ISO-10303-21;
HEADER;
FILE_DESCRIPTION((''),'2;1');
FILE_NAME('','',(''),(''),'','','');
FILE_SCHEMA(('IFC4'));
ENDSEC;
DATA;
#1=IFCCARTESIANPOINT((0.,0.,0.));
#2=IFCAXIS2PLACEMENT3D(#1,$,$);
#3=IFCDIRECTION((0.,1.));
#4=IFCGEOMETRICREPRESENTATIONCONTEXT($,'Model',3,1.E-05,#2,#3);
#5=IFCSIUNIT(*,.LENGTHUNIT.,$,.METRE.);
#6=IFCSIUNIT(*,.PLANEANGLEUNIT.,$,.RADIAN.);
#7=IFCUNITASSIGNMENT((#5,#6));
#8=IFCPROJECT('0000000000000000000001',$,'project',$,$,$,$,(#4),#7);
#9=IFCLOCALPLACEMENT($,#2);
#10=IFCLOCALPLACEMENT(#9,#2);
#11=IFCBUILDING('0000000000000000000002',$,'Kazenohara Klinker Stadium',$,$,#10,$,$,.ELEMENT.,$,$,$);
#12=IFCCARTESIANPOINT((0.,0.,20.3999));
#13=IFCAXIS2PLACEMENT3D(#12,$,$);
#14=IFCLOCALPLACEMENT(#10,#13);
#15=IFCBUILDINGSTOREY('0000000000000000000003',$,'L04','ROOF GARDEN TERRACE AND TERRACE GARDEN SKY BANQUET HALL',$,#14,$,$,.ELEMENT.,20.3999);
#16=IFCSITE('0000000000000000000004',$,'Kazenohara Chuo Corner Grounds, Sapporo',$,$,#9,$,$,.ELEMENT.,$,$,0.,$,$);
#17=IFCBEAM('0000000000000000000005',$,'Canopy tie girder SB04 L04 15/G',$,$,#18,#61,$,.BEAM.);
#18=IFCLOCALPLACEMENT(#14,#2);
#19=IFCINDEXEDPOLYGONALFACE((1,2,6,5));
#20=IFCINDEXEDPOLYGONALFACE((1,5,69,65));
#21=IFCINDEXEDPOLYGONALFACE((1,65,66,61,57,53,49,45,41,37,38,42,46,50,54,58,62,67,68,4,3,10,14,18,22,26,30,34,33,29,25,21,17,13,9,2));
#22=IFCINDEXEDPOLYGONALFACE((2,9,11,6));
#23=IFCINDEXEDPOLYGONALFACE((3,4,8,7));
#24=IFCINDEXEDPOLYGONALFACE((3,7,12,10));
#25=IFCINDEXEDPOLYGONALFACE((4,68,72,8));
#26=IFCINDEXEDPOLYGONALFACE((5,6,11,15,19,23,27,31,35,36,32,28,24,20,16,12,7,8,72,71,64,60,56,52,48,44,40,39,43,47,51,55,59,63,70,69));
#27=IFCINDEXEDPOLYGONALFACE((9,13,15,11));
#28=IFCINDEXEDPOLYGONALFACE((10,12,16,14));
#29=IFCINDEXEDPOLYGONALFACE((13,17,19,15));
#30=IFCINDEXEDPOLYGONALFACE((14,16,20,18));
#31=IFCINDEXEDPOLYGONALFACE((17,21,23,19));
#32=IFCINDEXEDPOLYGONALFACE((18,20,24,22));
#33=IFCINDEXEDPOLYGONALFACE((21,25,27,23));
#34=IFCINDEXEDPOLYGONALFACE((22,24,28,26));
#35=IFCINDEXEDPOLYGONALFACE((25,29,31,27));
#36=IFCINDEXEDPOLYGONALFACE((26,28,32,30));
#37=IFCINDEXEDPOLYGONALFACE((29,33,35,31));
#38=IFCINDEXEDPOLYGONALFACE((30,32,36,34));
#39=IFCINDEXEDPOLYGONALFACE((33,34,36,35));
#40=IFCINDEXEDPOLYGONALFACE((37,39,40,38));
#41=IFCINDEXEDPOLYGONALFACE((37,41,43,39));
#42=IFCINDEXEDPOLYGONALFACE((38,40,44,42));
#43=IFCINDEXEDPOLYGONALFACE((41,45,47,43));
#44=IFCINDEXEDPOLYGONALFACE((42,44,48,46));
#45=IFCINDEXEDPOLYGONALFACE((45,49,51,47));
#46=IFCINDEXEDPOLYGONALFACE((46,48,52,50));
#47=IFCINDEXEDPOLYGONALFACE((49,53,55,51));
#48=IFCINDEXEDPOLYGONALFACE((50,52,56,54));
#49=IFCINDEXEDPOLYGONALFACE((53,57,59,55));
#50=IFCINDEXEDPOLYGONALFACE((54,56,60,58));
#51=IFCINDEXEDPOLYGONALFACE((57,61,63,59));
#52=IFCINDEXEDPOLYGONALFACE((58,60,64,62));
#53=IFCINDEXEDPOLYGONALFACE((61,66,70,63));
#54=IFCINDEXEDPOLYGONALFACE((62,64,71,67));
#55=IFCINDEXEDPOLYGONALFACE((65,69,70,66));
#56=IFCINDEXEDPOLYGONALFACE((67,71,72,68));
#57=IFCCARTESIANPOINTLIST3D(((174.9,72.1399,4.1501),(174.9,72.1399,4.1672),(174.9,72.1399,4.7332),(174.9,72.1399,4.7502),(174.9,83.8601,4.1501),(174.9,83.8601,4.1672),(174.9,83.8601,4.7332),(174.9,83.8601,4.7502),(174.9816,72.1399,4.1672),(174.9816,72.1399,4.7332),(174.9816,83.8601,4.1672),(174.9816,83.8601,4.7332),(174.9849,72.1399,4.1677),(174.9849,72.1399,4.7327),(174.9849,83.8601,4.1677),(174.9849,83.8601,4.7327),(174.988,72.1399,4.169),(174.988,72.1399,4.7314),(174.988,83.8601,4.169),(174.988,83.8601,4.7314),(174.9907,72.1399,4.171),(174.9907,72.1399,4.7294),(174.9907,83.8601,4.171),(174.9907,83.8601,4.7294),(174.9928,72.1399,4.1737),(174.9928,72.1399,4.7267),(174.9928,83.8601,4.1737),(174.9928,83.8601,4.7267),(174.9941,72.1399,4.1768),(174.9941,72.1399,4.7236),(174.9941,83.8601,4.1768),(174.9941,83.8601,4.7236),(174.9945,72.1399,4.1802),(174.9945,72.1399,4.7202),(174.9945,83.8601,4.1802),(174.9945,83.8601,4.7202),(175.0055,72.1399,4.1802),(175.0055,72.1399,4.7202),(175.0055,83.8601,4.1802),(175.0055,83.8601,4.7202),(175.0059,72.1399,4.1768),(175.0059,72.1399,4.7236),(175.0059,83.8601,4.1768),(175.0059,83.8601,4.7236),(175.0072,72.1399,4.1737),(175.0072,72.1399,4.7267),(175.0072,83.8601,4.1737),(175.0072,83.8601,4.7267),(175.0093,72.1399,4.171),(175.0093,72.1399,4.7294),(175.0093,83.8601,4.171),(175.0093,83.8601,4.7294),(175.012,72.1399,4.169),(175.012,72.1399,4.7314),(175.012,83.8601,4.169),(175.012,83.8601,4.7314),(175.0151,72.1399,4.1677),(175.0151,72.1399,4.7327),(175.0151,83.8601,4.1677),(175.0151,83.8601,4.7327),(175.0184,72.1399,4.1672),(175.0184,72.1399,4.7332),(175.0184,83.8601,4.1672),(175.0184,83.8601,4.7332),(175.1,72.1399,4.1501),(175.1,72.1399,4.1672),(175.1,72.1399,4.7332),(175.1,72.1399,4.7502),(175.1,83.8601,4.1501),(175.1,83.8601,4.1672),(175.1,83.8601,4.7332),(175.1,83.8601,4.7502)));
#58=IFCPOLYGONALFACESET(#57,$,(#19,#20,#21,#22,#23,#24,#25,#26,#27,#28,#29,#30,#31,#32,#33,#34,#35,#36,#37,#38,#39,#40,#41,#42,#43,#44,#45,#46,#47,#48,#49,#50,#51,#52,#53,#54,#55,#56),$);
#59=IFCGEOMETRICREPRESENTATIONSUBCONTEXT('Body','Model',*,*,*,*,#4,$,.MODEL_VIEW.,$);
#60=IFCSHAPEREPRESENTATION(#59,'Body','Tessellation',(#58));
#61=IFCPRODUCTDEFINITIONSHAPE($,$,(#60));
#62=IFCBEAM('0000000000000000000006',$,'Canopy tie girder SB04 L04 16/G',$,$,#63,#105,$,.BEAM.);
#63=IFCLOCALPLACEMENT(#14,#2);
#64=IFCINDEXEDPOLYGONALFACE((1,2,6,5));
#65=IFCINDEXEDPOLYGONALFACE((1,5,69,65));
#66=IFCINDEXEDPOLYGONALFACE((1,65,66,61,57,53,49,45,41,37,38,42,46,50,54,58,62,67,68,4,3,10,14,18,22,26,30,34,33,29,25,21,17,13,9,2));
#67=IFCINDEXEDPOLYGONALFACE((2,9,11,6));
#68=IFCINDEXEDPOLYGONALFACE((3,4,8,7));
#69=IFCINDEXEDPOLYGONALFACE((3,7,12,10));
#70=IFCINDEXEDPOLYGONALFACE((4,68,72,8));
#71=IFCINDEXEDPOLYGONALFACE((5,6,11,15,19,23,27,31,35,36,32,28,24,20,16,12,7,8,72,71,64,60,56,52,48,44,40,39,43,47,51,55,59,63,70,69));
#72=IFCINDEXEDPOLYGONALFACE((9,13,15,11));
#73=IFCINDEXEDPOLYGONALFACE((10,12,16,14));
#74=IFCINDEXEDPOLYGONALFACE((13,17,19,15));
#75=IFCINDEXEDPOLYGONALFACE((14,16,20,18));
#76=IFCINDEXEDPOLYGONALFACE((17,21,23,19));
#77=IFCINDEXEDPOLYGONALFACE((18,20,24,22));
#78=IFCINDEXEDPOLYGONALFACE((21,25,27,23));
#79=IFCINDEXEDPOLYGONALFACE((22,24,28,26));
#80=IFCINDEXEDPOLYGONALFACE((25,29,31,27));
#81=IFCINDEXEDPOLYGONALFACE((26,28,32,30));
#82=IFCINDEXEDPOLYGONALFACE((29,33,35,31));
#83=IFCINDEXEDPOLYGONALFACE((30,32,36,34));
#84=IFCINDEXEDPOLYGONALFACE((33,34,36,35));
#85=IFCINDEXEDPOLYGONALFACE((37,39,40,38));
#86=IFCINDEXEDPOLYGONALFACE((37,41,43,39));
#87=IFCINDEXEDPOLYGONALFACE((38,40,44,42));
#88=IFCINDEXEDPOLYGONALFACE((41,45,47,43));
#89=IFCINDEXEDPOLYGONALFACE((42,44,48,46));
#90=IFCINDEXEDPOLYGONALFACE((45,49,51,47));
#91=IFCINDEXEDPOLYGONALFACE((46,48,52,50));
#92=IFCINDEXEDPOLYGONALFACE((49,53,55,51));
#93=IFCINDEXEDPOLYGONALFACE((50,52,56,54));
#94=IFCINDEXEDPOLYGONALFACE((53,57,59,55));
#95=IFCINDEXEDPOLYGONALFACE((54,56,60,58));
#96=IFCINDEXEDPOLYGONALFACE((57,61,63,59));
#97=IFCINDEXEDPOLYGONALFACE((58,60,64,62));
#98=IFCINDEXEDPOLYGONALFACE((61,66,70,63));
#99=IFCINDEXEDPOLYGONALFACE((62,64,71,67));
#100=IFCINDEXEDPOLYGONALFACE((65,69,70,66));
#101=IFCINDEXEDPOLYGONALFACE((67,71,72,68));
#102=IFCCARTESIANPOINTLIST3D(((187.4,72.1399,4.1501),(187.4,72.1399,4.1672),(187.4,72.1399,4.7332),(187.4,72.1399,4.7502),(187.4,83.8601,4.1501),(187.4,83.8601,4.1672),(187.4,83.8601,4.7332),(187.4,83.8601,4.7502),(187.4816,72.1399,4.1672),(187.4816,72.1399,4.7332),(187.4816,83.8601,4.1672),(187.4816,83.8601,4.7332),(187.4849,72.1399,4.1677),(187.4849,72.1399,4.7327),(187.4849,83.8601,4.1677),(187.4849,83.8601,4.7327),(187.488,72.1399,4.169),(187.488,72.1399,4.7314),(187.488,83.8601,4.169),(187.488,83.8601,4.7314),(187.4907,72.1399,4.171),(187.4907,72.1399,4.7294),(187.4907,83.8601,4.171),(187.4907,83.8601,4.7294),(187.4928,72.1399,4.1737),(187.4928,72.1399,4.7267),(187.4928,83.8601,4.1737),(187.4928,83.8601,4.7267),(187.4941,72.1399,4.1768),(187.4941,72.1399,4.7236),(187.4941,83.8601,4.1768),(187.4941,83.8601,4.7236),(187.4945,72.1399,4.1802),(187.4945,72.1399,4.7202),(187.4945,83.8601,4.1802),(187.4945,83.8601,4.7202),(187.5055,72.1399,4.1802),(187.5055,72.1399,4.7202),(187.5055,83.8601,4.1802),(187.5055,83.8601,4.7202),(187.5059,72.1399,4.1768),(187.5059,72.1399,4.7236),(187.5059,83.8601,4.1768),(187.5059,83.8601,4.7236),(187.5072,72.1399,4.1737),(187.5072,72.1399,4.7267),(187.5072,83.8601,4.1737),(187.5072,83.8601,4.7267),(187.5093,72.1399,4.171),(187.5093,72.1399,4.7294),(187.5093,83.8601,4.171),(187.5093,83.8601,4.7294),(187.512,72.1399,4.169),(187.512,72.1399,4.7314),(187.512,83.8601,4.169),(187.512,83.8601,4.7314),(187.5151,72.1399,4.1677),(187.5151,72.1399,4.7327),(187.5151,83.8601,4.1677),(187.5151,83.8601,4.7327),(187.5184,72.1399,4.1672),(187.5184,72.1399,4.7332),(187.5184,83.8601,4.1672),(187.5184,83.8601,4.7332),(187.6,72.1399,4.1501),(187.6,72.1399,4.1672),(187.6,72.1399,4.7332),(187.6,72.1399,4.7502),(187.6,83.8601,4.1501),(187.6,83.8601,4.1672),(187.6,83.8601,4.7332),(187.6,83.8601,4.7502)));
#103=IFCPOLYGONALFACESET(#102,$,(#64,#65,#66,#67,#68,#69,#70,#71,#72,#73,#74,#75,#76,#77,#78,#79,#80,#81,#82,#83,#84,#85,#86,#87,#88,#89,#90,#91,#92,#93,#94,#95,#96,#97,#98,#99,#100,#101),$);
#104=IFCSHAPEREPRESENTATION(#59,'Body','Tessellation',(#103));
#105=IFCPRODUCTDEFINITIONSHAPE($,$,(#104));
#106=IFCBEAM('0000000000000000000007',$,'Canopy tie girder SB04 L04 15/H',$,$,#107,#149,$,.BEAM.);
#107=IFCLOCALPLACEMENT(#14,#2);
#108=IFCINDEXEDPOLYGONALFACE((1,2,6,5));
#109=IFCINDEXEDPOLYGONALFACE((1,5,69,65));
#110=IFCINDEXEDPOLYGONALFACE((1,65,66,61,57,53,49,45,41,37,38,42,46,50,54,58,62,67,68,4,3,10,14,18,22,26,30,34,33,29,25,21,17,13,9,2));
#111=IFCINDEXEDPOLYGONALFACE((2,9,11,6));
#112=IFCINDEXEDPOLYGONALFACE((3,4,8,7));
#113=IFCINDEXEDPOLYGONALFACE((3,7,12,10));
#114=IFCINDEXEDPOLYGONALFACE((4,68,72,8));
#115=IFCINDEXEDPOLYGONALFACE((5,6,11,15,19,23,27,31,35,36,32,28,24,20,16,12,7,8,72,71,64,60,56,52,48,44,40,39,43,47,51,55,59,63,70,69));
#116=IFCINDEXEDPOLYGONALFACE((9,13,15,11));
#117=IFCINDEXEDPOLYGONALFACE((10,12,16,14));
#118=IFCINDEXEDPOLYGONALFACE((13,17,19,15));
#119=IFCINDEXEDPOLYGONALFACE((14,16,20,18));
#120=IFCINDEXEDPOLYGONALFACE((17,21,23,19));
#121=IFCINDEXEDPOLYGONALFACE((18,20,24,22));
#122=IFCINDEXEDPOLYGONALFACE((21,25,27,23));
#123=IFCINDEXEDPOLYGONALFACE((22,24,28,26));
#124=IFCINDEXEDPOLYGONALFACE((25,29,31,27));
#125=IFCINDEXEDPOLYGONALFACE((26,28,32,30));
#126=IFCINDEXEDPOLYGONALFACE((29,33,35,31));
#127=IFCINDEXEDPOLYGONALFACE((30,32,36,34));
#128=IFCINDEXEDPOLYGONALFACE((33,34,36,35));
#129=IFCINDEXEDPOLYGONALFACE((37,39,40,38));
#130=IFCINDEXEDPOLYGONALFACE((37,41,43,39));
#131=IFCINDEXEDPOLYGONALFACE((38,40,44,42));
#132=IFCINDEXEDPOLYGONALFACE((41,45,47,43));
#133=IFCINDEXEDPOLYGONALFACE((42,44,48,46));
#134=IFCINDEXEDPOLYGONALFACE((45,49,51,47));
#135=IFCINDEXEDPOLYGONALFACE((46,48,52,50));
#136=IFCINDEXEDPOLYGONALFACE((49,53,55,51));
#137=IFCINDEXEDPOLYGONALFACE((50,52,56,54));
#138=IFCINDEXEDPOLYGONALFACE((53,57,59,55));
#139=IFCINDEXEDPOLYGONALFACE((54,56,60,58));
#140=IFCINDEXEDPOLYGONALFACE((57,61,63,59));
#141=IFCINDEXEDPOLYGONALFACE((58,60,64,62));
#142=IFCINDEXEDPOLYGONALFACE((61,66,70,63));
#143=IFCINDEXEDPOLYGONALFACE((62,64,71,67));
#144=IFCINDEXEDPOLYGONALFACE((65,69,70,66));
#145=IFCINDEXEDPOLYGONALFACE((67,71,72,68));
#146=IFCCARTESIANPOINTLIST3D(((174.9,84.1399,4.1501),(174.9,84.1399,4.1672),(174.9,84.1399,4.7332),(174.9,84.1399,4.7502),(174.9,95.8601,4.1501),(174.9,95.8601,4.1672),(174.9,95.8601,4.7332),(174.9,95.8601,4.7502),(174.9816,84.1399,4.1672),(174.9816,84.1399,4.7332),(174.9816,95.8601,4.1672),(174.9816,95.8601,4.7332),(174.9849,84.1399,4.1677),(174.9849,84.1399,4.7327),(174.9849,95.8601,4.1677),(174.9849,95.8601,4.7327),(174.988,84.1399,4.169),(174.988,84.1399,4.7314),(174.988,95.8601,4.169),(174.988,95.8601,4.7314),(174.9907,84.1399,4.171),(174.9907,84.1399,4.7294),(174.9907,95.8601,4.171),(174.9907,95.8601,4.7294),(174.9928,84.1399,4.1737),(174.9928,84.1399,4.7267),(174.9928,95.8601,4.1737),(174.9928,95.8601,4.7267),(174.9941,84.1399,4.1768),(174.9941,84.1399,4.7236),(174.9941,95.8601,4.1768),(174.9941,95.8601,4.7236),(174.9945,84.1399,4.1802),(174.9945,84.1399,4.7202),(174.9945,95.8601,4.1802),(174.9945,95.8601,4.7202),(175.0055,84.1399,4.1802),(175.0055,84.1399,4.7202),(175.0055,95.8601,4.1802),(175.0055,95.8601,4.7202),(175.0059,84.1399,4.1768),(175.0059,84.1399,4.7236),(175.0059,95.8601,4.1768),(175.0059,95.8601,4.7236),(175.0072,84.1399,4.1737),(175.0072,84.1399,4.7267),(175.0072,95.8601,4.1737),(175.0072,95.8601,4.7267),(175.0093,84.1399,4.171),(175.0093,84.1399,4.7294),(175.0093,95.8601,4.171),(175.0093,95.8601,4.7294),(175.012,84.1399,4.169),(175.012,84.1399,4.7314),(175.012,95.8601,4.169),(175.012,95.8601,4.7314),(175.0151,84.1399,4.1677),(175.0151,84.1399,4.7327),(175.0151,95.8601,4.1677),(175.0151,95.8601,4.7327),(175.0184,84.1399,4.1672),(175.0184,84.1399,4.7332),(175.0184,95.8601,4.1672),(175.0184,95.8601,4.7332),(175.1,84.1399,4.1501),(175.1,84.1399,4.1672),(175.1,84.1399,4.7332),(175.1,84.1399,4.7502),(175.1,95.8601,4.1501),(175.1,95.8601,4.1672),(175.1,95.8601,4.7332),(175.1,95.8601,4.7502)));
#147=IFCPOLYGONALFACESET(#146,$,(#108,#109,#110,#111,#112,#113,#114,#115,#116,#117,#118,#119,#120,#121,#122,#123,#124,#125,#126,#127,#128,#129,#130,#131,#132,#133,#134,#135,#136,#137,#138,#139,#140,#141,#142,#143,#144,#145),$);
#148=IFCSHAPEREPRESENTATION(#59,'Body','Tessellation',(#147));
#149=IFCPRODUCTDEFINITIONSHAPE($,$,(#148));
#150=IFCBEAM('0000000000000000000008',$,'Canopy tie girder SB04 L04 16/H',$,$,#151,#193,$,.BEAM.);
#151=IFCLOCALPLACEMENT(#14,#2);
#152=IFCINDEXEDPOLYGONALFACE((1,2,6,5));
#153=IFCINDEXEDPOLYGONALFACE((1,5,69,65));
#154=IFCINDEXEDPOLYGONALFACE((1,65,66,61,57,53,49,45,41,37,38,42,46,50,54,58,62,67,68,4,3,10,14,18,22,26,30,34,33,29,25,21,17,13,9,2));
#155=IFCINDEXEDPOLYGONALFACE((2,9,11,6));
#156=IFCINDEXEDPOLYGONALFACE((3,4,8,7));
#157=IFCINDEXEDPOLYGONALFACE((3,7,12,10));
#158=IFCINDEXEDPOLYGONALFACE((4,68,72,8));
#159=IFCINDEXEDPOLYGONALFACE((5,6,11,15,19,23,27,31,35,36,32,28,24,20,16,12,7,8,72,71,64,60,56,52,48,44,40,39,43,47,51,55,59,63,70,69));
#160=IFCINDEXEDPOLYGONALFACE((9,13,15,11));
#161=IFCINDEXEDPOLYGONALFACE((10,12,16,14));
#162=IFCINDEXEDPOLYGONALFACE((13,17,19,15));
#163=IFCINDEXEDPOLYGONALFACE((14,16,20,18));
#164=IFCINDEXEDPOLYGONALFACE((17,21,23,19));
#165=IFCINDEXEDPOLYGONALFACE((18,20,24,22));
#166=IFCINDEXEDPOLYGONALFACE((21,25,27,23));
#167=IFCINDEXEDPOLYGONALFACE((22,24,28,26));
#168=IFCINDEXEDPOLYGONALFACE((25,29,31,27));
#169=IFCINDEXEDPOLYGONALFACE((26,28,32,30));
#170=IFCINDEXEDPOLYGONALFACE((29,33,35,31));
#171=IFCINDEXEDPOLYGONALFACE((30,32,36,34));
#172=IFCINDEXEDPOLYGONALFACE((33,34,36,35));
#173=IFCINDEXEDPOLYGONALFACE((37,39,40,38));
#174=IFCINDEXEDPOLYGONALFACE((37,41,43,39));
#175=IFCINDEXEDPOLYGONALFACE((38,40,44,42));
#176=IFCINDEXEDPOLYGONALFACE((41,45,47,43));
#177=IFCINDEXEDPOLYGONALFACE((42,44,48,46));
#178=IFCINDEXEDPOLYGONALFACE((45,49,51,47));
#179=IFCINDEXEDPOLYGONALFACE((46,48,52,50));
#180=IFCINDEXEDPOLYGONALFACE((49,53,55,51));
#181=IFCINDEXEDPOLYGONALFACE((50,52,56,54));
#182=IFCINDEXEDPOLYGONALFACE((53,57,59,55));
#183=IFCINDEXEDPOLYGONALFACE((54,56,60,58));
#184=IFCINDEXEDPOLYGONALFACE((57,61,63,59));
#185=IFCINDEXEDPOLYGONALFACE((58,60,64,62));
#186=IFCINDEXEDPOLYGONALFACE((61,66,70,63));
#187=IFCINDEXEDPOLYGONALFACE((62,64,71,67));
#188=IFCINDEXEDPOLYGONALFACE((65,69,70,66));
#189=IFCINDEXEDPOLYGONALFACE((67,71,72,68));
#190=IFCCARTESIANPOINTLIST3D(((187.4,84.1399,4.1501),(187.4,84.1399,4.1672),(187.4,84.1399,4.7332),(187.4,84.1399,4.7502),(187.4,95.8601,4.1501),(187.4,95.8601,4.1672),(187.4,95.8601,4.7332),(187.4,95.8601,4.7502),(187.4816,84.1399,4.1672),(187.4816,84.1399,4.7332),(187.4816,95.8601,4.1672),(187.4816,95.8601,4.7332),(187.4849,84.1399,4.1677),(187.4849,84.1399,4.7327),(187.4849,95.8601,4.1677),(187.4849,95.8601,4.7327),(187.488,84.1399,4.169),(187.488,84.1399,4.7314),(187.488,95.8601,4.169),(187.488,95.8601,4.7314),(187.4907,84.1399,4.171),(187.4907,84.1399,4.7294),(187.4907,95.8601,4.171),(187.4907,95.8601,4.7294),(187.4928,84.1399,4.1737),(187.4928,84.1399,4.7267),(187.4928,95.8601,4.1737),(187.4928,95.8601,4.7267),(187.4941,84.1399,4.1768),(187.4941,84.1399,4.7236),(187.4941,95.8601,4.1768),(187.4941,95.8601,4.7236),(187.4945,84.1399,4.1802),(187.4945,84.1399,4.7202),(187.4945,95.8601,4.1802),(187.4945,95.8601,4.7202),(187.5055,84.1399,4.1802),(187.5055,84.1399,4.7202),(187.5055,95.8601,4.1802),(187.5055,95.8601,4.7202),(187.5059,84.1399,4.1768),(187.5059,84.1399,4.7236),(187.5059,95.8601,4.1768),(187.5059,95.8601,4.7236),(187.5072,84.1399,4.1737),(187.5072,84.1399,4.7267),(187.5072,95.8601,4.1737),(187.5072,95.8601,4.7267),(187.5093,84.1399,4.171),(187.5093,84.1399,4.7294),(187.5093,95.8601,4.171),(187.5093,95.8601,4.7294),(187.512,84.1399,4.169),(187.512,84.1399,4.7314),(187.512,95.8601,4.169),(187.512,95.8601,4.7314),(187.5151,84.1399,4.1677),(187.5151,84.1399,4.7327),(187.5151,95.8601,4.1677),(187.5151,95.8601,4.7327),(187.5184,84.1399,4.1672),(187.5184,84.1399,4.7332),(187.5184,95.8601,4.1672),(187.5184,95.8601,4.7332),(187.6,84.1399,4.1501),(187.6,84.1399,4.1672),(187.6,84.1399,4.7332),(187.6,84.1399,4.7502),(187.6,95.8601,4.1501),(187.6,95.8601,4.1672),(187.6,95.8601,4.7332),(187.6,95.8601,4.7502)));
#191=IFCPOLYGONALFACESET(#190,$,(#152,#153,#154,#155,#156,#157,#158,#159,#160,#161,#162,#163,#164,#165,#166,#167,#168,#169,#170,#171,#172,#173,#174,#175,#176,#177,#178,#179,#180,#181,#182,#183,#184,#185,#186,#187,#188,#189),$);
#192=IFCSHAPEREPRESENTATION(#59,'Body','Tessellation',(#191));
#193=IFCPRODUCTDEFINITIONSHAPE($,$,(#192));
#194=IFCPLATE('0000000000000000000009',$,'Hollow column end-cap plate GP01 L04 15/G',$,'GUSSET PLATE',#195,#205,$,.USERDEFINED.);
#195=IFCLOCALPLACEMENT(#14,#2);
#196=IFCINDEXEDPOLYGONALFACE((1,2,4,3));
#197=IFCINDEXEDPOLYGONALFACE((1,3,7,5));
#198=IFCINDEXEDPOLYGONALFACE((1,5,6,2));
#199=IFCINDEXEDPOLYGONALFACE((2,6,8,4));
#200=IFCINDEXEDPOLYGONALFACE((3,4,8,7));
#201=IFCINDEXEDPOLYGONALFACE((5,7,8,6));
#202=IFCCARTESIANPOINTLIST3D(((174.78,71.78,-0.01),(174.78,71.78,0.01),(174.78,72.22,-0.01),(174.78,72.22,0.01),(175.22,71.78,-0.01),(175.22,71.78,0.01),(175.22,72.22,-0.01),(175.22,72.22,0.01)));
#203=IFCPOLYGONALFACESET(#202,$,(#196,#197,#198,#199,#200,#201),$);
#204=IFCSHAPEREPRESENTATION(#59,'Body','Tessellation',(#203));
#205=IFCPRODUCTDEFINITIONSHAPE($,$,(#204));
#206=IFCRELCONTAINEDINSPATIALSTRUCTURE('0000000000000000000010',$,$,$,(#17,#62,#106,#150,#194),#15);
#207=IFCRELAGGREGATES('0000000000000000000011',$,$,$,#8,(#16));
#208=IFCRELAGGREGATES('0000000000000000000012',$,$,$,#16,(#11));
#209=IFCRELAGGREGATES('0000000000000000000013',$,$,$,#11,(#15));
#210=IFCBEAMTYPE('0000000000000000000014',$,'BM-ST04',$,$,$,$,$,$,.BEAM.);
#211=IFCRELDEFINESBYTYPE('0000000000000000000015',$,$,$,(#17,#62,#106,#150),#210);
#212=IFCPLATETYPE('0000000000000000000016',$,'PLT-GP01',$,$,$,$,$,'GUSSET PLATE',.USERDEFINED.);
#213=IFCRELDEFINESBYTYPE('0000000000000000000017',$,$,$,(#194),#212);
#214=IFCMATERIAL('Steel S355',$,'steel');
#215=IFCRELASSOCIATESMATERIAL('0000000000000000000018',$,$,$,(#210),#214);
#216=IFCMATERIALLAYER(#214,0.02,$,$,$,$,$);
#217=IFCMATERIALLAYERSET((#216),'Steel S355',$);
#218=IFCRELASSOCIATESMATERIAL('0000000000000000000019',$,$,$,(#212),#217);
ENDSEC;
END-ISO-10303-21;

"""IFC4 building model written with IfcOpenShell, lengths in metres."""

from ifc_helpers import new_model, si_unit, direction, frame, origin, origin_2d, place, context, subcontext, project, spatial, rectangle, i_section, extrude, material, layer, layer_set, material_profile, profile_set, type_object, element, save


model = new_model("IFC4")

# Units and contexts
model_context = context("Model", 3, precision=1e-05, world=origin(), true_north=direction((0.0, 1.0)))
body_context = subcontext(model_context, "Body", "Model", "MODEL_VIEW")
ifc_project = project(units=[si_unit("LENGTHUNIT", "METRE"), si_unit("PLANEANGLEUNIT", "RADIAN")], contexts=[model_context])

# Site, building, storey
site_placement = place(None, origin())
site = spatial("IfcSite", under=ifc_project, at=site_placement, Name="Kazenohara Chuo Corner Grounds, Sapporo", CompositionType="ELEMENT", RefElevation=0.0)
building_placement = place(site_placement, origin())
building = spatial("IfcBuilding", under=site, at=building_placement, Name="Kazenohara Klinker Stadium", CompositionType="ELEMENT")
storey_placement = place(building_placement, frame((0.0, 0.0, 20.3999)))
storey = spatial("IfcBuildingStorey", under=building, at=storey_placement, Name="L04", Description="ROOF GARDEN TERRACE AND TERRACE GARDEN SKY BANQUET HALL", CompositionType="ELEMENT", Elevation=20.3999)

# Shared definitions
ifc_material_1 = material(Name="Steel S355", Category="steel")

# Beams
ifc_material_profile_1 = material_profile(ifc_material_1, i_section(OverallWidth=0.2, OverallDepth=0.6001, WebThickness=0.011, FlangeThickness=0.0171, FilletRadius=0.0129, at=origin_2d()), Name="H-600x200x11x17")
ifc_profile_set_1 = profile_set([ifc_material_profile_1], Name="Steel S355")
beam_type = type_object("IfcBeamType", Name="BM-ST04", PredefinedType="BEAM", material=ifc_profile_set_1)
for number, where, z_axis, x_axis, name in (
    (1, (175.0, 72.1399, 4.4502), (0.0, 1.0, 0.0), (-1.0, 0.0, 0.0), "Canopy tie girder SB04 L04 15/G"),
    (2, (187.5, 72.1399, 4.4502), (0.0, 1.0, 0.0), (-1.0, 0.0, 0.0), "Canopy tie girder SB04 L04 16/G"),
    (3, (175.0, 84.1399, 4.4502), (0.0, 1.0, 0.0), (-1.0, 0.0, 0.0), "Canopy tie girder SB04 L04 15/H"),
    (4, (187.5, 84.1399, 4.4502), (0.0, 1.0, 0.0), (-1.0, 0.0, 0.0), "Canopy tie girder SB04 L04 16/H"),
):
    element("IfcBeam", number, at=place(storey_placement, frame(where, z_axis=z_axis, x_axis=x_axis)), inside=storey, type_object=beam_type, Name=name, PredefinedType="BEAM", context=body_context, shape_type="SweptSolid", body=[
        extrude(i_section(OverallWidth=0.2, OverallDepth=0.6001, WebThickness=0.011, FlangeThickness=0.0171, FilletRadius=0.0129, at=origin_2d()), origin(), (0.0, 0.0, 1.0), 11.7202),
    ])

# Plate
ifc_layer_1 = layer(ifc_material_1, 0.02)
ifc_layer_set_1 = layer_set([ifc_layer_1], Name="Steel S355")
plate_type_1 = type_object("IfcPlateType", Name="PLT-GP01", ElementType="GUSSET PLATE", PredefinedType="USERDEFINED", material=ifc_layer_set_1)
plate_1_placement = place(storey_placement, frame((175.0, 72.0, -0.01), z_axis=(0.0, 0.0, 1.0), x_axis=(1.0, 0.0, 0.0)))
element("IfcPlate", 5, at=plate_1_placement, inside=storey, type_object=plate_type_1, Name="Hollow column end-cap plate GP01 L04 15/G", ObjectType="GUSSET PLATE", PredefinedType="USERDEFINED", context=body_context, shape_type="SweptSolid", body=[
    extrude(rectangle(XDim=0.4399, YDim=0.4399, at=origin_2d()), origin(), (0.0, 0.0, 1.0), 0.02),
])

save(model, "model.ifc")
